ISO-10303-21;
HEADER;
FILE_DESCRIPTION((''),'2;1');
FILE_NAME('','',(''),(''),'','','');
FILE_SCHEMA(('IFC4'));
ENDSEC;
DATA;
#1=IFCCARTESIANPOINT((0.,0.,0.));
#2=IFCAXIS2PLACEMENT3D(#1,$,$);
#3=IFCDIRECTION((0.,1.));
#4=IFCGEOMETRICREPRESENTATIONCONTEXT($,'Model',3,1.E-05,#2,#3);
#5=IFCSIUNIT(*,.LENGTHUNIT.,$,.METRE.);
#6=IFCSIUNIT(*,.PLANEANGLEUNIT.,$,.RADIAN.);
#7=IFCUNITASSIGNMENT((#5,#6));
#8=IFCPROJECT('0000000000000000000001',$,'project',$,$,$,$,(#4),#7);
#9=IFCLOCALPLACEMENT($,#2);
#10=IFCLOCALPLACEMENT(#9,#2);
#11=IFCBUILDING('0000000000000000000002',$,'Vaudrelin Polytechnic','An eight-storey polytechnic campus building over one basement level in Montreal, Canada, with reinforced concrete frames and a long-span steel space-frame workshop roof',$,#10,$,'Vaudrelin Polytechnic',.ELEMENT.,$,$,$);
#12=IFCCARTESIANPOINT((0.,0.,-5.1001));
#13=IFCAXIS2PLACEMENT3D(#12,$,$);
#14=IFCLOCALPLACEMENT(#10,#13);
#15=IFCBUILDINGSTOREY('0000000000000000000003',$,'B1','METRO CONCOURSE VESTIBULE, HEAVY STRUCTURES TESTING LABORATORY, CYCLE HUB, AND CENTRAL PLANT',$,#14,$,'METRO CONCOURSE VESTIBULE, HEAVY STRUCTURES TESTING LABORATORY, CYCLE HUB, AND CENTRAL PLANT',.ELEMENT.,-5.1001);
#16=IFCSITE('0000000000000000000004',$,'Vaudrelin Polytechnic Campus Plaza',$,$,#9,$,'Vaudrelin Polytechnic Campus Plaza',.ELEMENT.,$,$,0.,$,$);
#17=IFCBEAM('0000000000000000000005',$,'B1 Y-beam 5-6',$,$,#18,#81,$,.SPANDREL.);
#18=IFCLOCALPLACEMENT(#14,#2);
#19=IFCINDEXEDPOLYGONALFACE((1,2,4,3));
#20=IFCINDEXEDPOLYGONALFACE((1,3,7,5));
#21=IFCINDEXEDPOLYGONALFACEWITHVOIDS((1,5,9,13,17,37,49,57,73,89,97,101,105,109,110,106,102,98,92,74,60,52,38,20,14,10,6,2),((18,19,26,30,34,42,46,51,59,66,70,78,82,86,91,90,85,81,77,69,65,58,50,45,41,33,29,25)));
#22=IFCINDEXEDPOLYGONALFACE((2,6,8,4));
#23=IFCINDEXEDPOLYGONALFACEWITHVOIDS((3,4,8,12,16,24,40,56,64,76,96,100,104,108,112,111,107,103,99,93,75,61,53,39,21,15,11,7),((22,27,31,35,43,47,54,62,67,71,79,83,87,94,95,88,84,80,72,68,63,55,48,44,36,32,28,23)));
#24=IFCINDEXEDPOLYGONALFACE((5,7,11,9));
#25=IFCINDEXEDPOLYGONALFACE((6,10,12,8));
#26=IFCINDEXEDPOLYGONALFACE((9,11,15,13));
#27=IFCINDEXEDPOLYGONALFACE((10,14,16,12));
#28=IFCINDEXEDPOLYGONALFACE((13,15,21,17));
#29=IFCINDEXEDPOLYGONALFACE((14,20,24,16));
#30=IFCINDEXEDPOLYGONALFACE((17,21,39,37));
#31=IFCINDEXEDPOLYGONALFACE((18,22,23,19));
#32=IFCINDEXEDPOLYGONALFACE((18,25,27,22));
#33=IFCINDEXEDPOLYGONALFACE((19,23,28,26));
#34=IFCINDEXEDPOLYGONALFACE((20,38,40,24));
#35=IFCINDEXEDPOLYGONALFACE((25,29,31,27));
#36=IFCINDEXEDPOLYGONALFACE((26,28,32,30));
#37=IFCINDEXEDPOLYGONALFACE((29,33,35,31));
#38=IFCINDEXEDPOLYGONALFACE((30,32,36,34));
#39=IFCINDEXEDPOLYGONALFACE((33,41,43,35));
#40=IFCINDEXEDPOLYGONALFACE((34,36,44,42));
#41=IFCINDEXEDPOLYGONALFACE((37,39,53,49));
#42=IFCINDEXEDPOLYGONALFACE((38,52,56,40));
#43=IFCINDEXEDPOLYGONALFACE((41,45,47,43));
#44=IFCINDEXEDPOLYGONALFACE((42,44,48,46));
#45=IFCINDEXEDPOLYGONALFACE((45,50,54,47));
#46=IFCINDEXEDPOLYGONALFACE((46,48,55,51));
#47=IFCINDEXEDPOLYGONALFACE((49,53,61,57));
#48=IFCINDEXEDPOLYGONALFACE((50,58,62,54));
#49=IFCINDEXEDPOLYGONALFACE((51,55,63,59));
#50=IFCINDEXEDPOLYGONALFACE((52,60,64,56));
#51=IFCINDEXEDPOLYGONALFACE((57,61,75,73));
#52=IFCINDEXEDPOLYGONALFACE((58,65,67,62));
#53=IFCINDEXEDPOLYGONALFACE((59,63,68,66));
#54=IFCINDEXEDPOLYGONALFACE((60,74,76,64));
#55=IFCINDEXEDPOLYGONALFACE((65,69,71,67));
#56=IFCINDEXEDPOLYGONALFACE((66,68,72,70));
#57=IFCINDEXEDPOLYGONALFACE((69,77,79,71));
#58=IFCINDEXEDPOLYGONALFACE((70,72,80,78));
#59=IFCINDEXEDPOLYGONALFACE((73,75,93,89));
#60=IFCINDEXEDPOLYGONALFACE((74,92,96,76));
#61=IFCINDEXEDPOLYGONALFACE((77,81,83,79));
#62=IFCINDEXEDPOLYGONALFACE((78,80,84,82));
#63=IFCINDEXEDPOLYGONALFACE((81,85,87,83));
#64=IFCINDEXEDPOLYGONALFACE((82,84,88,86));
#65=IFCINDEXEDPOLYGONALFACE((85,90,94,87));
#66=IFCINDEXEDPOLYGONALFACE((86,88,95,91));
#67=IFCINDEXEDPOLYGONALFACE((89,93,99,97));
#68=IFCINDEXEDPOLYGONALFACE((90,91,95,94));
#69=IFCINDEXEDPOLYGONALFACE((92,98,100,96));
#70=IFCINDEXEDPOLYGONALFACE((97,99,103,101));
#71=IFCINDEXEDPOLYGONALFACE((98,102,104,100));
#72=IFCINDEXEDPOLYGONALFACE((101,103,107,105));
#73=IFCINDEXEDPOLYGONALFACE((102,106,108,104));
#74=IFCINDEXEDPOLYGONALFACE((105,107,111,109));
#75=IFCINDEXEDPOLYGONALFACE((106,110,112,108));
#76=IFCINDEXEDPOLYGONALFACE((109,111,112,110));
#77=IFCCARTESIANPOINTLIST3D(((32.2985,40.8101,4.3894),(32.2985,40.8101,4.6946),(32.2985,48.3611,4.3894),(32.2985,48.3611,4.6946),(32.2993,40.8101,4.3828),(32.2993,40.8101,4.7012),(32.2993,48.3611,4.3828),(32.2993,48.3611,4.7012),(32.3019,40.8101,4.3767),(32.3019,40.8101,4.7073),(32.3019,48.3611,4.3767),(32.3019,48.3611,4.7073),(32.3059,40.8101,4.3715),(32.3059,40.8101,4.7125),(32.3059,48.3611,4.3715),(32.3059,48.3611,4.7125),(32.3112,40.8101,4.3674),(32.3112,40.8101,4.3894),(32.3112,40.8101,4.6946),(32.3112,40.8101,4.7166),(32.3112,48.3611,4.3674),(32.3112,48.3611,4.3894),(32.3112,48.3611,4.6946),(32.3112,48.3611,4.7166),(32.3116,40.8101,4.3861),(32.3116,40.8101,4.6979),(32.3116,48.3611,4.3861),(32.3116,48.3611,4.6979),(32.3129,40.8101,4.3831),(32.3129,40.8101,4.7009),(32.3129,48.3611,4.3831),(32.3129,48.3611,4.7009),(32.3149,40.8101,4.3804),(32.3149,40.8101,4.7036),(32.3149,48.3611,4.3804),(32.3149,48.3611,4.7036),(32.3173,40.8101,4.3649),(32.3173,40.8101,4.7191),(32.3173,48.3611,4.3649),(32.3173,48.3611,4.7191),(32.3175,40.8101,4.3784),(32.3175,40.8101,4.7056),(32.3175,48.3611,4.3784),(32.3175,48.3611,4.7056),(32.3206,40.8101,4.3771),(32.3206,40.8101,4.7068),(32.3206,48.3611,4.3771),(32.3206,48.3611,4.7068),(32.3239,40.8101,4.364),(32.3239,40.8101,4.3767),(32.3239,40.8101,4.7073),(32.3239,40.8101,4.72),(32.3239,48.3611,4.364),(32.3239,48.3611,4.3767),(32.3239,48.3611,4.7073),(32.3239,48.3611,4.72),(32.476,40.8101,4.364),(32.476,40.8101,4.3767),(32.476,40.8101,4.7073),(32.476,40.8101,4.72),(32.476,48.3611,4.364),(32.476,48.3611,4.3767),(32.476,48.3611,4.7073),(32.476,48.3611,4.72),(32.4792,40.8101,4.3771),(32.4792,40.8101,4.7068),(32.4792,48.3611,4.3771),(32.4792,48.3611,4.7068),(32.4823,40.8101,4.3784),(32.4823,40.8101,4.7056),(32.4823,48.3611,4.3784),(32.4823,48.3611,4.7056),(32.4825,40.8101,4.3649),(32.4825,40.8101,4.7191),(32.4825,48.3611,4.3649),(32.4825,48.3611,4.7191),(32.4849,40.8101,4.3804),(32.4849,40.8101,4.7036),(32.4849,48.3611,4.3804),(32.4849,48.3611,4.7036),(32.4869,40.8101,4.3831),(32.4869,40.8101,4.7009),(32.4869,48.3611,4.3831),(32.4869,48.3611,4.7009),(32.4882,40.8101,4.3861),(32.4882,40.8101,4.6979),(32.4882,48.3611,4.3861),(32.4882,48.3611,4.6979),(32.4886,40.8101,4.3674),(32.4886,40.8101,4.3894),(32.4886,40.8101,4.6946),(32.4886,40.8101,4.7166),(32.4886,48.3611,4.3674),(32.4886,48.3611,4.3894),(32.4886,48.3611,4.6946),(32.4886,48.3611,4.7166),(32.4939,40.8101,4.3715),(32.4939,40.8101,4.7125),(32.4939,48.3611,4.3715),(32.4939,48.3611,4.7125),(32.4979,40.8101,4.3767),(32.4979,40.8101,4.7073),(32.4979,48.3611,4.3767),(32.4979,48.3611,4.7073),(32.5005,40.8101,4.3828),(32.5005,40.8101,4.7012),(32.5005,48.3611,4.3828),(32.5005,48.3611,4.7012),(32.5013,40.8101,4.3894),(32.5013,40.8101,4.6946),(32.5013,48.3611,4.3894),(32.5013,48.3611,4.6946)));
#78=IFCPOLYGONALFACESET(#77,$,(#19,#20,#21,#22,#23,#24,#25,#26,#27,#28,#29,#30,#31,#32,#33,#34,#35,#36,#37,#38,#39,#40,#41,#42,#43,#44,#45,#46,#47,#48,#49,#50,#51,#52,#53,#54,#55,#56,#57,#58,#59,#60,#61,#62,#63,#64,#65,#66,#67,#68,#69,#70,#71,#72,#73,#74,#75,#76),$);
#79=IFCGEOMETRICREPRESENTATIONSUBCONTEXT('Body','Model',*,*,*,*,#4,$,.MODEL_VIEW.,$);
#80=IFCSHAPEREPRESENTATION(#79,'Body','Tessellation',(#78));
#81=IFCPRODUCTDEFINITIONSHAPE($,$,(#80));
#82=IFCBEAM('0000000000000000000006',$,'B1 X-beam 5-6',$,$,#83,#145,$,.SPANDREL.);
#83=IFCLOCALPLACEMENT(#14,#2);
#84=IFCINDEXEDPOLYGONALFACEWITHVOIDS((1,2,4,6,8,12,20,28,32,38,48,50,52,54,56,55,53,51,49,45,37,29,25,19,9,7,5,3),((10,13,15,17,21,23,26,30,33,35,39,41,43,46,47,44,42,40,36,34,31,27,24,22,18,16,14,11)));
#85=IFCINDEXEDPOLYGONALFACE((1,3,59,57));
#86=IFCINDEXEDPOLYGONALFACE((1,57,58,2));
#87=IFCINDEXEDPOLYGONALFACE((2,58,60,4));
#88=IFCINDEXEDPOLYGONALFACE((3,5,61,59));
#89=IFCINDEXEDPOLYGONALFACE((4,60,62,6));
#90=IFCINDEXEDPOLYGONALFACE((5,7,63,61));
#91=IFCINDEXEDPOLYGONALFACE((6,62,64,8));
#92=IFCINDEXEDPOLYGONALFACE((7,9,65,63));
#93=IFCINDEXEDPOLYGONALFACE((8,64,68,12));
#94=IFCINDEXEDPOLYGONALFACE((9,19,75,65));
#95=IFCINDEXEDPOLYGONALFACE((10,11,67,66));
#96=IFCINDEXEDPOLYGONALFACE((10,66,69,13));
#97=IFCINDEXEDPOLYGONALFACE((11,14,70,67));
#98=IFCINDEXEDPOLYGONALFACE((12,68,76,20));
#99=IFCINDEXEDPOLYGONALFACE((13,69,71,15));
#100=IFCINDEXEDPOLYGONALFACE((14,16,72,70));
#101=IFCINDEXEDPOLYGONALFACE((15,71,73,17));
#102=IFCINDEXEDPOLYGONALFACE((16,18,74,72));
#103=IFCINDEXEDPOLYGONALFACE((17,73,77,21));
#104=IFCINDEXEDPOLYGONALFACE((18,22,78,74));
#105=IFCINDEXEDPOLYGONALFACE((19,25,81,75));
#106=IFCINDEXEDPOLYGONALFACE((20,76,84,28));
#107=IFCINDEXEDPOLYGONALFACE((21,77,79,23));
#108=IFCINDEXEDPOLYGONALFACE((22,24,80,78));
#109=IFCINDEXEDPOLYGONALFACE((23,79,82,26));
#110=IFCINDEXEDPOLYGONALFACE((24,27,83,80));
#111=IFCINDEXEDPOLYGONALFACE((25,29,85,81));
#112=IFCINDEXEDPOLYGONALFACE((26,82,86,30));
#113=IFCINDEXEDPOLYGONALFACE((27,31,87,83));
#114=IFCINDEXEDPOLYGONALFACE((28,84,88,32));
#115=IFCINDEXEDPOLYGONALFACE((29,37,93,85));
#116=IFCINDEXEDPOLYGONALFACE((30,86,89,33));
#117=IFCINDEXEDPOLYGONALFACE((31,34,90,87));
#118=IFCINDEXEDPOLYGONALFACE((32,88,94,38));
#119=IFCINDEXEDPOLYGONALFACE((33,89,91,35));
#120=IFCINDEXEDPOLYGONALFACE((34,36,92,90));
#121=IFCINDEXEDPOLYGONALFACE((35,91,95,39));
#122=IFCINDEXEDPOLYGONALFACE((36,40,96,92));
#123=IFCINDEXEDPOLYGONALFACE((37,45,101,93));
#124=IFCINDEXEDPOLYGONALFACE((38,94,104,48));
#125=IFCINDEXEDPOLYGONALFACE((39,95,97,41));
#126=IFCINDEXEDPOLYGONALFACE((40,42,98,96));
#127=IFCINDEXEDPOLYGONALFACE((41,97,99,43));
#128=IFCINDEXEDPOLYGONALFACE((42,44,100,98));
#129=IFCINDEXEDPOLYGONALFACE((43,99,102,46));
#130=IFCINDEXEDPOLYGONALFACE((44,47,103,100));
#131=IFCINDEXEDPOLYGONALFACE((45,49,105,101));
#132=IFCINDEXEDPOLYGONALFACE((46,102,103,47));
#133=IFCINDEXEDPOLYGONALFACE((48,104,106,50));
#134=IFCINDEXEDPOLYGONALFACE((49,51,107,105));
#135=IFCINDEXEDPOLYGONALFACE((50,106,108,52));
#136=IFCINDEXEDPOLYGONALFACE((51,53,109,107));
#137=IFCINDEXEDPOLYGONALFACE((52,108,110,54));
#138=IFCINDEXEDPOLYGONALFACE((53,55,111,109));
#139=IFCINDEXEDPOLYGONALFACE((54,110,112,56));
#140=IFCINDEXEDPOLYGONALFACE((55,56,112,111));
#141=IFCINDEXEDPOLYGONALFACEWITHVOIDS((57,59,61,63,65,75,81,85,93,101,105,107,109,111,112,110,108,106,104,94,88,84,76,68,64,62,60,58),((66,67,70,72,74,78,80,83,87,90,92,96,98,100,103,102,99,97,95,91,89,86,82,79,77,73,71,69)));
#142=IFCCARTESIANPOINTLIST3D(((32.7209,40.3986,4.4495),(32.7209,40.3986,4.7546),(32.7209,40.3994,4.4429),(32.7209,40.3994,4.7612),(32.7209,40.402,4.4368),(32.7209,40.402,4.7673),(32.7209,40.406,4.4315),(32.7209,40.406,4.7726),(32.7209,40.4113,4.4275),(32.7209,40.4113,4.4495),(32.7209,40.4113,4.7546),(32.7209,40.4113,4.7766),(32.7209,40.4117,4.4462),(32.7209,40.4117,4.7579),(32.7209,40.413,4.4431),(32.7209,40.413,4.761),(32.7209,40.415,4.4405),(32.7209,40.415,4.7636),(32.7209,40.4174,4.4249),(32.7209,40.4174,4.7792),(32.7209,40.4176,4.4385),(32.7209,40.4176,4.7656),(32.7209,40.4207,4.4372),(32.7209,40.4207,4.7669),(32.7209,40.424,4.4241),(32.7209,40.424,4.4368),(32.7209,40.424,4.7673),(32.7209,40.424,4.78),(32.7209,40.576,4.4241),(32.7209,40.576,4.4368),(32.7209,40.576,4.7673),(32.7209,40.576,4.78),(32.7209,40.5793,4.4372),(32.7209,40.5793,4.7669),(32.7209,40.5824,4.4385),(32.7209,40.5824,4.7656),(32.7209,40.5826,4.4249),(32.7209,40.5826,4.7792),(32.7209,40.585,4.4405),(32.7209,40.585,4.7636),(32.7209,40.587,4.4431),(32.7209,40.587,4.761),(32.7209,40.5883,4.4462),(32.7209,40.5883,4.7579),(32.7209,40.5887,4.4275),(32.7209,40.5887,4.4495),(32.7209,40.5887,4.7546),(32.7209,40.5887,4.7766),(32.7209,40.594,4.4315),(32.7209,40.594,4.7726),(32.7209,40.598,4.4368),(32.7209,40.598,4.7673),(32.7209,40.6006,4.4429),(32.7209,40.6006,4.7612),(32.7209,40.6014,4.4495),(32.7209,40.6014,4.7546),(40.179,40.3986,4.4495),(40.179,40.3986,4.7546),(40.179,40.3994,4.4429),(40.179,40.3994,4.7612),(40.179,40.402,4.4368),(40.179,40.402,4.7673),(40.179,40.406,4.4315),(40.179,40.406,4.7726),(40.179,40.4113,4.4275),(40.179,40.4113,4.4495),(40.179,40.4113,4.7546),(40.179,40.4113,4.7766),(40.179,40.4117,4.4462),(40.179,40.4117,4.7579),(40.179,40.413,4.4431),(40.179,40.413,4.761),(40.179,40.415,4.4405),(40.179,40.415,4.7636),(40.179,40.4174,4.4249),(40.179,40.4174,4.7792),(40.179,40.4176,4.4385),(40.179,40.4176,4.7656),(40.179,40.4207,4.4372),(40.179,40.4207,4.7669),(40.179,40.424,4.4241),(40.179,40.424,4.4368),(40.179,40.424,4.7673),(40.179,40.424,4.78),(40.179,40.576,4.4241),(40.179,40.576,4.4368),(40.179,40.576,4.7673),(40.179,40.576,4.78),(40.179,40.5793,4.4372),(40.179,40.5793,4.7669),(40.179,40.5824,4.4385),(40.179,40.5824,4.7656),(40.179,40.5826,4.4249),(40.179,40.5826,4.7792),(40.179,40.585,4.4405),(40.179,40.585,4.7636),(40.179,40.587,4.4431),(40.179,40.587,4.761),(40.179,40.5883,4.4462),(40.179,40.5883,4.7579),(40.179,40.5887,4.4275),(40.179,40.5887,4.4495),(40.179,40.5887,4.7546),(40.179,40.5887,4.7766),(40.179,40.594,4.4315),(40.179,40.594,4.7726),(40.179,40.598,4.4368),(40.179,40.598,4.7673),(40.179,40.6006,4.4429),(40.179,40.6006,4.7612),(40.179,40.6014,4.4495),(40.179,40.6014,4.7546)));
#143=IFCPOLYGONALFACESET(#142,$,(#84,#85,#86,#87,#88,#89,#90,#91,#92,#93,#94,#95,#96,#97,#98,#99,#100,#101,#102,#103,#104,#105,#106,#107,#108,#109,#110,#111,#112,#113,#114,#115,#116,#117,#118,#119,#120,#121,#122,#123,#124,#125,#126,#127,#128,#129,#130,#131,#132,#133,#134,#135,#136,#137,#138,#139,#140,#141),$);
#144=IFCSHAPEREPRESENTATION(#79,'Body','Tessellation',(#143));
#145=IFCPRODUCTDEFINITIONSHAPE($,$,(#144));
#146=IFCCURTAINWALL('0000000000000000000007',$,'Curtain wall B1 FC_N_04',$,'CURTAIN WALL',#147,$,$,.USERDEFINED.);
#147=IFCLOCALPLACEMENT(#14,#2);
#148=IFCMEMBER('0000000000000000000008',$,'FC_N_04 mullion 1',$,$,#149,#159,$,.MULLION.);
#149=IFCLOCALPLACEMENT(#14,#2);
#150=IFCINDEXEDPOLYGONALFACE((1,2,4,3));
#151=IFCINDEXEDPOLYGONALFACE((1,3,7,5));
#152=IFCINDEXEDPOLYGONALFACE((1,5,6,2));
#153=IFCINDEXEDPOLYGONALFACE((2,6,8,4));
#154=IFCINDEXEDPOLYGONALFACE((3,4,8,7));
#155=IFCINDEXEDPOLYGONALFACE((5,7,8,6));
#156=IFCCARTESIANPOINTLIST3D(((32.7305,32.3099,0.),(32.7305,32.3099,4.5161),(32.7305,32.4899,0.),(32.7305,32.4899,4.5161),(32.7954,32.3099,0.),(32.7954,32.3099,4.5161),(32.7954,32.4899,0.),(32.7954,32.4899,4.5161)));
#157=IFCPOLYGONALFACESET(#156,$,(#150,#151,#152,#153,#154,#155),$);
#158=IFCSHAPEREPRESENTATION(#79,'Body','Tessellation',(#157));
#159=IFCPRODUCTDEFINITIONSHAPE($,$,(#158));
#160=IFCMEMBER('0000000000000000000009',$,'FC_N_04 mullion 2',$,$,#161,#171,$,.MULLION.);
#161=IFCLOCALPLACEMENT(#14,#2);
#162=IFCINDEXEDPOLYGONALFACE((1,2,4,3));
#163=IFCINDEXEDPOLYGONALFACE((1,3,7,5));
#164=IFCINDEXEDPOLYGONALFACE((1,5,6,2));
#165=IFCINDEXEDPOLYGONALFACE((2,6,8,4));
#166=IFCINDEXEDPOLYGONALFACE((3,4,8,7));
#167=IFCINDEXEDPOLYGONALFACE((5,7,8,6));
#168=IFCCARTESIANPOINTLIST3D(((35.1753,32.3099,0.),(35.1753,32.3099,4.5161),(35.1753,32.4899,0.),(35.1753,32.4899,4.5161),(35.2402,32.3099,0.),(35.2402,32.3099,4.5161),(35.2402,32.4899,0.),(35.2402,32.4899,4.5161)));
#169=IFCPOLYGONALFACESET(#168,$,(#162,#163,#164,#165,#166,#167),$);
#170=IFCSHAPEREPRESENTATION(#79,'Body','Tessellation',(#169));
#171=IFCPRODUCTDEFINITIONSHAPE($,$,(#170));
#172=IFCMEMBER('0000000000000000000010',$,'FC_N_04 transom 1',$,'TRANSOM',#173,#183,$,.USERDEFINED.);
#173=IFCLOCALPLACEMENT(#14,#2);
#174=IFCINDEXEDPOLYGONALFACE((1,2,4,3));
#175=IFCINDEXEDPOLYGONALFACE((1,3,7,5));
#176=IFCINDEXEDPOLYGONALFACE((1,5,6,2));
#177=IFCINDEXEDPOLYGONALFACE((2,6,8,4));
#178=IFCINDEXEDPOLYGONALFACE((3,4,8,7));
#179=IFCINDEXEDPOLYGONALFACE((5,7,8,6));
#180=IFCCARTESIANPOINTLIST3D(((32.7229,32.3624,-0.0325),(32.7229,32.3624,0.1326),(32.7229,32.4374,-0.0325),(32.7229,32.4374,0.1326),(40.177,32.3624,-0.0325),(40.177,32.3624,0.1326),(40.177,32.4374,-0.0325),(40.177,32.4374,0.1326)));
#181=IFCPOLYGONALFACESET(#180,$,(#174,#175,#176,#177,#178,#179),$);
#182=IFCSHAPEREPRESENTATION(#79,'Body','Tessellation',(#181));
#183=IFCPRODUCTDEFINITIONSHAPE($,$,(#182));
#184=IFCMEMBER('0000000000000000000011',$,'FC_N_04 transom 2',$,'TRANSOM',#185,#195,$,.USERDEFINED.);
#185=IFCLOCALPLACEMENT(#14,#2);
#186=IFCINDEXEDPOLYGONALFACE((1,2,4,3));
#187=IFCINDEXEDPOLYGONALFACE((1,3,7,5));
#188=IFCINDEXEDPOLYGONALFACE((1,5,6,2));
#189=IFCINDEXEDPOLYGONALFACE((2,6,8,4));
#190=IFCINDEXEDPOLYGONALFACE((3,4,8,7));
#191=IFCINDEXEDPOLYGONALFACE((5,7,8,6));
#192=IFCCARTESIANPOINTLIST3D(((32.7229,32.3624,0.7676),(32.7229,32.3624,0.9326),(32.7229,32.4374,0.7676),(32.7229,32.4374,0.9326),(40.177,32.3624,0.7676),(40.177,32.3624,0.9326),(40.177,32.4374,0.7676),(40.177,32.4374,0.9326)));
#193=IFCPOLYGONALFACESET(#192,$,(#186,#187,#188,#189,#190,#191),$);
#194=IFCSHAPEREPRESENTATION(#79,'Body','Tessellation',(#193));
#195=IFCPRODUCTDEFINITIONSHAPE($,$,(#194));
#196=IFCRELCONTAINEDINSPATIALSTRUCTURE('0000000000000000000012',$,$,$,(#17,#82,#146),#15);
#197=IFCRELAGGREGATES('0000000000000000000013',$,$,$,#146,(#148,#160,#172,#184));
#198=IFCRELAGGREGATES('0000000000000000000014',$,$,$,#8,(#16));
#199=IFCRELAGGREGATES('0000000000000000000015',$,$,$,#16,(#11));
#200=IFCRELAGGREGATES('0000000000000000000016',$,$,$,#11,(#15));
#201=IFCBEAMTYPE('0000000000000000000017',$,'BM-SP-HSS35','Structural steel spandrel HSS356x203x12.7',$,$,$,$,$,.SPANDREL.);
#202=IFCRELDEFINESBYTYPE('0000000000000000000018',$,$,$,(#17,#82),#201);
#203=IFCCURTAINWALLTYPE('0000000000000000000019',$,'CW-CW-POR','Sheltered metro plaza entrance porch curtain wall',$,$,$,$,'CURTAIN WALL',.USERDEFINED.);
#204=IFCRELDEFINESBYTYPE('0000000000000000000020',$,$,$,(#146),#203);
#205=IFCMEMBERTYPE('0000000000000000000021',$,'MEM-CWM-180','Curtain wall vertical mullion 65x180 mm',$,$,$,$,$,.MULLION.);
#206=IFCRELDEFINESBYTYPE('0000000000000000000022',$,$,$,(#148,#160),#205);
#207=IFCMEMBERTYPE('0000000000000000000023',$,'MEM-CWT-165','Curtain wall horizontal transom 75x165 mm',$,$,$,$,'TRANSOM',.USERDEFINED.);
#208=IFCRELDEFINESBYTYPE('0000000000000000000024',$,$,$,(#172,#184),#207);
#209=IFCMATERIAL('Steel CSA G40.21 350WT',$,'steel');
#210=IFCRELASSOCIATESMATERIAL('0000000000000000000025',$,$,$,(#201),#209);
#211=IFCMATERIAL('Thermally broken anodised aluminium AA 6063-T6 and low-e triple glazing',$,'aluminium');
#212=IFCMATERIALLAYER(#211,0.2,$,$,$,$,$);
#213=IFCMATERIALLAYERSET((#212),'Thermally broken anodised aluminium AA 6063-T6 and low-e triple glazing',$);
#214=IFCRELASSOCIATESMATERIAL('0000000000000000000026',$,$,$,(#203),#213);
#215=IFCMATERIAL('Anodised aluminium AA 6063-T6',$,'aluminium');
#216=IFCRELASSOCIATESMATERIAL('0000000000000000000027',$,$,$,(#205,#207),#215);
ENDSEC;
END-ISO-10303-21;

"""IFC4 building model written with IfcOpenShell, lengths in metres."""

from ifc_helpers import new_model, si_unit, direction, frame, origin, origin_2d, place, context, subcontext, project, spatial, rectangle, hollow_rectangle, extrude, material, layer, layer_set, material_profile, profile_set, type_object, element, aggregate, save


model = new_model("IFC4")

# Units and contexts
model_context = context("Model", 3, precision=1e-05, world=origin(), true_north=direction((0.0, 1.0)))
body_context = subcontext(model_context, "Body", "Model", "MODEL_VIEW")
ifc_project = project(units=[si_unit("LENGTHUNIT", "METRE"), si_unit("PLANEANGLEUNIT", "RADIAN")], contexts=[model_context])

# Site, building, storey
site_placement = place(None, origin())
site = spatial("IfcSite", under=ifc_project, at=site_placement, Name="Vaudrelin Polytechnic Campus Plaza", LongName="Vaudrelin Polytechnic Campus Plaza", CompositionType="ELEMENT", RefElevation=0.0)
building_placement = place(site_placement, origin())
building = spatial("IfcBuilding", under=site, at=building_placement, Name="Vaudrelin Polytechnic", Description="An eight-storey polytechnic campus building over one basement level in Montreal, Canada, with reinforced concrete frames and a long-span steel space-frame workshop roof", LongName="Vaudrelin Polytechnic", CompositionType="ELEMENT")
storey_placement = place(building_placement, frame((0.0, 0.0, -5.1001)))
storey = spatial("IfcBuildingStorey", under=building, at=storey_placement, Name="B1", Description="METRO CONCOURSE VESTIBULE, HEAVY STRUCTURES TESTING LABORATORY, CYCLE HUB, AND CENTRAL PLANT", LongName="METRO CONCOURSE VESTIBULE, HEAVY STRUCTURES TESTING LABORATORY, CYCLE HUB, AND CENTRAL PLANT", CompositionType="ELEMENT", Elevation=-5.1001)

# Beams
ifc_material_1 = material(Name="Steel CSA G40.21 350WT", Category="steel")
ifc_material_profile_1 = material_profile(ifc_material_1, hollow_rectangle(XDim=0.2029, YDim=0.356, WallThickness=0.0127, InnerFilletRadius=0.0127, OuterFilletRadius=0.0254, at=origin_2d()), Name="HSS356x203x12.7")
ifc_profile_set_1 = profile_set([ifc_material_profile_1], Name="Steel CSA G40.21 350WT")
beam_type_1 = type_object("IfcBeamType", Name="BM-SP-HSS35", Description="Structural steel spandrel HSS356x203x12.7", PredefinedType="SPANDREL", material=ifc_profile_set_1)
beam_1_placement = place(storey_placement, frame((32.3999, 40.8101, 4.542), z_axis=(0.0, 1.0, 0.0), x_axis=(-1.0, 0.0, 0.0)))
element("IfcBeam", 1, at=beam_1_placement, inside=storey, type_object=beam_type_1, Name="B1 Y-beam 5-6", PredefinedType="SPANDREL", context=body_context, shape_type="SweptSolid", body=[
    extrude(hollow_rectangle(XDim=0.2029, YDim=0.356, WallThickness=0.0127, InnerFilletRadius=0.0127, OuterFilletRadius=0.0254, at=origin_2d()), origin(), (0.0, 0.0, 1.0), 7.551),
])
beam_2_placement = place(storey_placement, frame((32.7209, 40.5, 4.6021), z_axis=(1.0, 0.0, 0.0), x_axis=(0.0, 1.0, 0.0)))
element("IfcBeam", 2, at=beam_2_placement, inside=storey, type_object=beam_type_1, Name="B1 X-beam 5-6", PredefinedType="SPANDREL", context=body_context, shape_type="SweptSolid", body=[
    extrude(hollow_rectangle(XDim=0.2029, YDim=0.356, WallThickness=0.0127, InnerFilletRadius=0.0127, OuterFilletRadius=0.0254, at=origin_2d()), origin(), (0.0, 0.0, 1.0), 7.458),
])

# Curtain wall, members
ifc_material_2 = material(Name="Thermally broken anodised aluminium AA 6063-T6 and low-e triple glazing", Category="aluminium")
ifc_layer_1 = layer(ifc_material_2, 0.2)
ifc_layer_set_1 = layer_set([ifc_layer_1], Name="Thermally broken anodised aluminium AA 6063-T6 and low-e triple glazing")
curtain_wall_type = type_object("IfcCurtainWallType", Name="CW-CW-POR", Description="Sheltered metro plaza entrance porch curtain wall", ElementType="CURTAIN WALL", PredefinedType="USERDEFINED", material=ifc_layer_set_1)
curtain_wall_placement = place(storey_placement, origin())
curtain_wall = element("IfcCurtainWall", 3, at=curtain_wall_placement, inside=storey, type_object=curtain_wall_type, Name="Curtain wall B1 FC_N_04", ObjectType="CURTAIN WALL", PredefinedType="USERDEFINED")
ifc_material_3 = material(Name="Anodised aluminium AA 6063-T6", Category="aluminium")
ifc_material_profile_2 = material_profile(ifc_material_3, rectangle(XDim=0.0649, YDim=0.1799, at=origin_2d()), Name="CWM-65x180")
ifc_profile_set_2 = profile_set([ifc_material_profile_2], Name="Anodised aluminium AA 6063-T6")
member_type_1 = type_object("IfcMemberType", Name="MEM-CWM-180", Description="Curtain wall vertical mullion 65x180 mm", PredefinedType="MULLION", material=ifc_profile_set_2)
member_1_placement = place(storey_placement, frame((32.7629, 32.3999, 0.0), z_axis=(0.0, 0.0, 1.0), x_axis=(1.0, 0.0, 0.0)))
member_1 = element("IfcMember", 4, at=member_1_placement, type_object=member_type_1, Name="FC_N_04 mullion 1", PredefinedType="MULLION", context=body_context, shape_type="SweptSolid", body=[
    extrude(rectangle(XDim=0.0649, YDim=0.1799, at=origin_2d()), origin(), (0.0, 0.0, 1.0), 4.5161),
])
member_2_placement = place(storey_placement, frame((35.2078, 32.3999, 0.0), z_axis=(0.0, 0.0, 1.0), x_axis=(1.0, 0.0, 0.0)))
member_2 = element("IfcMember", 5, at=member_2_placement, type_object=member_type_1, Name="FC_N_04 mullion 2", PredefinedType="MULLION", context=body_context, shape_type="SweptSolid", body=[
    extrude(rectangle(XDim=0.0649, YDim=0.1799, at=origin_2d()), origin(), (0.0, 0.0, 1.0), 4.5161),
])
ifc_material_profile_3 = material_profile(ifc_material_3, rectangle(XDim=0.075, YDim=0.165, at=origin_2d()), Name="CWT-75x165")
ifc_profile_set_3 = profile_set([ifc_material_profile_3], Name="Anodised aluminium AA 6063-T6")
member_type_2 = type_object("IfcMemberType", Name="MEM-CWT-165", Description="Curtain wall horizontal transom 75x165 mm", ElementType="TRANSOM", PredefinedType="USERDEFINED", material=ifc_profile_set_3)
member_3_placement = place(storey_placement, frame((32.7229, 32.3999, 0.05), z_axis=(1.0, 0.0, 0.0), x_axis=(0.0, 1.0, 0.0)))
member_3 = element("IfcMember", 6, at=member_3_placement, type_object=member_type_2, Name="FC_N_04 transom 1", ObjectType="TRANSOM", PredefinedType="USERDEFINED", context=body_context, shape_type="SweptSolid", body=[
    extrude(rectangle(XDim=0.075, YDim=0.165, at=origin_2d()), origin(), (0.0, 0.0, 1.0), 7.4541),
])
member_4_placement = place(storey_placement, frame((32.7229, 32.3999, 0.8501), z_axis=(1.0, 0.0, 0.0), x_axis=(0.0, 1.0, 0.0)))
member_4 = element("IfcMember", 7, at=member_4_placement, type_object=member_type_2, Name="FC_N_04 transom 2", ObjectType="TRANSOM", PredefinedType="USERDEFINED", context=body_context, shape_type="SweptSolid", body=[
    extrude(rectangle(XDim=0.075, YDim=0.165, at=origin_2d()), origin(), (0.0, 0.0, 1.0), 7.4541),
])
aggregate(curtain_wall, [member_1, member_2, member_3, member_4])

save(model, "model.ifc")
